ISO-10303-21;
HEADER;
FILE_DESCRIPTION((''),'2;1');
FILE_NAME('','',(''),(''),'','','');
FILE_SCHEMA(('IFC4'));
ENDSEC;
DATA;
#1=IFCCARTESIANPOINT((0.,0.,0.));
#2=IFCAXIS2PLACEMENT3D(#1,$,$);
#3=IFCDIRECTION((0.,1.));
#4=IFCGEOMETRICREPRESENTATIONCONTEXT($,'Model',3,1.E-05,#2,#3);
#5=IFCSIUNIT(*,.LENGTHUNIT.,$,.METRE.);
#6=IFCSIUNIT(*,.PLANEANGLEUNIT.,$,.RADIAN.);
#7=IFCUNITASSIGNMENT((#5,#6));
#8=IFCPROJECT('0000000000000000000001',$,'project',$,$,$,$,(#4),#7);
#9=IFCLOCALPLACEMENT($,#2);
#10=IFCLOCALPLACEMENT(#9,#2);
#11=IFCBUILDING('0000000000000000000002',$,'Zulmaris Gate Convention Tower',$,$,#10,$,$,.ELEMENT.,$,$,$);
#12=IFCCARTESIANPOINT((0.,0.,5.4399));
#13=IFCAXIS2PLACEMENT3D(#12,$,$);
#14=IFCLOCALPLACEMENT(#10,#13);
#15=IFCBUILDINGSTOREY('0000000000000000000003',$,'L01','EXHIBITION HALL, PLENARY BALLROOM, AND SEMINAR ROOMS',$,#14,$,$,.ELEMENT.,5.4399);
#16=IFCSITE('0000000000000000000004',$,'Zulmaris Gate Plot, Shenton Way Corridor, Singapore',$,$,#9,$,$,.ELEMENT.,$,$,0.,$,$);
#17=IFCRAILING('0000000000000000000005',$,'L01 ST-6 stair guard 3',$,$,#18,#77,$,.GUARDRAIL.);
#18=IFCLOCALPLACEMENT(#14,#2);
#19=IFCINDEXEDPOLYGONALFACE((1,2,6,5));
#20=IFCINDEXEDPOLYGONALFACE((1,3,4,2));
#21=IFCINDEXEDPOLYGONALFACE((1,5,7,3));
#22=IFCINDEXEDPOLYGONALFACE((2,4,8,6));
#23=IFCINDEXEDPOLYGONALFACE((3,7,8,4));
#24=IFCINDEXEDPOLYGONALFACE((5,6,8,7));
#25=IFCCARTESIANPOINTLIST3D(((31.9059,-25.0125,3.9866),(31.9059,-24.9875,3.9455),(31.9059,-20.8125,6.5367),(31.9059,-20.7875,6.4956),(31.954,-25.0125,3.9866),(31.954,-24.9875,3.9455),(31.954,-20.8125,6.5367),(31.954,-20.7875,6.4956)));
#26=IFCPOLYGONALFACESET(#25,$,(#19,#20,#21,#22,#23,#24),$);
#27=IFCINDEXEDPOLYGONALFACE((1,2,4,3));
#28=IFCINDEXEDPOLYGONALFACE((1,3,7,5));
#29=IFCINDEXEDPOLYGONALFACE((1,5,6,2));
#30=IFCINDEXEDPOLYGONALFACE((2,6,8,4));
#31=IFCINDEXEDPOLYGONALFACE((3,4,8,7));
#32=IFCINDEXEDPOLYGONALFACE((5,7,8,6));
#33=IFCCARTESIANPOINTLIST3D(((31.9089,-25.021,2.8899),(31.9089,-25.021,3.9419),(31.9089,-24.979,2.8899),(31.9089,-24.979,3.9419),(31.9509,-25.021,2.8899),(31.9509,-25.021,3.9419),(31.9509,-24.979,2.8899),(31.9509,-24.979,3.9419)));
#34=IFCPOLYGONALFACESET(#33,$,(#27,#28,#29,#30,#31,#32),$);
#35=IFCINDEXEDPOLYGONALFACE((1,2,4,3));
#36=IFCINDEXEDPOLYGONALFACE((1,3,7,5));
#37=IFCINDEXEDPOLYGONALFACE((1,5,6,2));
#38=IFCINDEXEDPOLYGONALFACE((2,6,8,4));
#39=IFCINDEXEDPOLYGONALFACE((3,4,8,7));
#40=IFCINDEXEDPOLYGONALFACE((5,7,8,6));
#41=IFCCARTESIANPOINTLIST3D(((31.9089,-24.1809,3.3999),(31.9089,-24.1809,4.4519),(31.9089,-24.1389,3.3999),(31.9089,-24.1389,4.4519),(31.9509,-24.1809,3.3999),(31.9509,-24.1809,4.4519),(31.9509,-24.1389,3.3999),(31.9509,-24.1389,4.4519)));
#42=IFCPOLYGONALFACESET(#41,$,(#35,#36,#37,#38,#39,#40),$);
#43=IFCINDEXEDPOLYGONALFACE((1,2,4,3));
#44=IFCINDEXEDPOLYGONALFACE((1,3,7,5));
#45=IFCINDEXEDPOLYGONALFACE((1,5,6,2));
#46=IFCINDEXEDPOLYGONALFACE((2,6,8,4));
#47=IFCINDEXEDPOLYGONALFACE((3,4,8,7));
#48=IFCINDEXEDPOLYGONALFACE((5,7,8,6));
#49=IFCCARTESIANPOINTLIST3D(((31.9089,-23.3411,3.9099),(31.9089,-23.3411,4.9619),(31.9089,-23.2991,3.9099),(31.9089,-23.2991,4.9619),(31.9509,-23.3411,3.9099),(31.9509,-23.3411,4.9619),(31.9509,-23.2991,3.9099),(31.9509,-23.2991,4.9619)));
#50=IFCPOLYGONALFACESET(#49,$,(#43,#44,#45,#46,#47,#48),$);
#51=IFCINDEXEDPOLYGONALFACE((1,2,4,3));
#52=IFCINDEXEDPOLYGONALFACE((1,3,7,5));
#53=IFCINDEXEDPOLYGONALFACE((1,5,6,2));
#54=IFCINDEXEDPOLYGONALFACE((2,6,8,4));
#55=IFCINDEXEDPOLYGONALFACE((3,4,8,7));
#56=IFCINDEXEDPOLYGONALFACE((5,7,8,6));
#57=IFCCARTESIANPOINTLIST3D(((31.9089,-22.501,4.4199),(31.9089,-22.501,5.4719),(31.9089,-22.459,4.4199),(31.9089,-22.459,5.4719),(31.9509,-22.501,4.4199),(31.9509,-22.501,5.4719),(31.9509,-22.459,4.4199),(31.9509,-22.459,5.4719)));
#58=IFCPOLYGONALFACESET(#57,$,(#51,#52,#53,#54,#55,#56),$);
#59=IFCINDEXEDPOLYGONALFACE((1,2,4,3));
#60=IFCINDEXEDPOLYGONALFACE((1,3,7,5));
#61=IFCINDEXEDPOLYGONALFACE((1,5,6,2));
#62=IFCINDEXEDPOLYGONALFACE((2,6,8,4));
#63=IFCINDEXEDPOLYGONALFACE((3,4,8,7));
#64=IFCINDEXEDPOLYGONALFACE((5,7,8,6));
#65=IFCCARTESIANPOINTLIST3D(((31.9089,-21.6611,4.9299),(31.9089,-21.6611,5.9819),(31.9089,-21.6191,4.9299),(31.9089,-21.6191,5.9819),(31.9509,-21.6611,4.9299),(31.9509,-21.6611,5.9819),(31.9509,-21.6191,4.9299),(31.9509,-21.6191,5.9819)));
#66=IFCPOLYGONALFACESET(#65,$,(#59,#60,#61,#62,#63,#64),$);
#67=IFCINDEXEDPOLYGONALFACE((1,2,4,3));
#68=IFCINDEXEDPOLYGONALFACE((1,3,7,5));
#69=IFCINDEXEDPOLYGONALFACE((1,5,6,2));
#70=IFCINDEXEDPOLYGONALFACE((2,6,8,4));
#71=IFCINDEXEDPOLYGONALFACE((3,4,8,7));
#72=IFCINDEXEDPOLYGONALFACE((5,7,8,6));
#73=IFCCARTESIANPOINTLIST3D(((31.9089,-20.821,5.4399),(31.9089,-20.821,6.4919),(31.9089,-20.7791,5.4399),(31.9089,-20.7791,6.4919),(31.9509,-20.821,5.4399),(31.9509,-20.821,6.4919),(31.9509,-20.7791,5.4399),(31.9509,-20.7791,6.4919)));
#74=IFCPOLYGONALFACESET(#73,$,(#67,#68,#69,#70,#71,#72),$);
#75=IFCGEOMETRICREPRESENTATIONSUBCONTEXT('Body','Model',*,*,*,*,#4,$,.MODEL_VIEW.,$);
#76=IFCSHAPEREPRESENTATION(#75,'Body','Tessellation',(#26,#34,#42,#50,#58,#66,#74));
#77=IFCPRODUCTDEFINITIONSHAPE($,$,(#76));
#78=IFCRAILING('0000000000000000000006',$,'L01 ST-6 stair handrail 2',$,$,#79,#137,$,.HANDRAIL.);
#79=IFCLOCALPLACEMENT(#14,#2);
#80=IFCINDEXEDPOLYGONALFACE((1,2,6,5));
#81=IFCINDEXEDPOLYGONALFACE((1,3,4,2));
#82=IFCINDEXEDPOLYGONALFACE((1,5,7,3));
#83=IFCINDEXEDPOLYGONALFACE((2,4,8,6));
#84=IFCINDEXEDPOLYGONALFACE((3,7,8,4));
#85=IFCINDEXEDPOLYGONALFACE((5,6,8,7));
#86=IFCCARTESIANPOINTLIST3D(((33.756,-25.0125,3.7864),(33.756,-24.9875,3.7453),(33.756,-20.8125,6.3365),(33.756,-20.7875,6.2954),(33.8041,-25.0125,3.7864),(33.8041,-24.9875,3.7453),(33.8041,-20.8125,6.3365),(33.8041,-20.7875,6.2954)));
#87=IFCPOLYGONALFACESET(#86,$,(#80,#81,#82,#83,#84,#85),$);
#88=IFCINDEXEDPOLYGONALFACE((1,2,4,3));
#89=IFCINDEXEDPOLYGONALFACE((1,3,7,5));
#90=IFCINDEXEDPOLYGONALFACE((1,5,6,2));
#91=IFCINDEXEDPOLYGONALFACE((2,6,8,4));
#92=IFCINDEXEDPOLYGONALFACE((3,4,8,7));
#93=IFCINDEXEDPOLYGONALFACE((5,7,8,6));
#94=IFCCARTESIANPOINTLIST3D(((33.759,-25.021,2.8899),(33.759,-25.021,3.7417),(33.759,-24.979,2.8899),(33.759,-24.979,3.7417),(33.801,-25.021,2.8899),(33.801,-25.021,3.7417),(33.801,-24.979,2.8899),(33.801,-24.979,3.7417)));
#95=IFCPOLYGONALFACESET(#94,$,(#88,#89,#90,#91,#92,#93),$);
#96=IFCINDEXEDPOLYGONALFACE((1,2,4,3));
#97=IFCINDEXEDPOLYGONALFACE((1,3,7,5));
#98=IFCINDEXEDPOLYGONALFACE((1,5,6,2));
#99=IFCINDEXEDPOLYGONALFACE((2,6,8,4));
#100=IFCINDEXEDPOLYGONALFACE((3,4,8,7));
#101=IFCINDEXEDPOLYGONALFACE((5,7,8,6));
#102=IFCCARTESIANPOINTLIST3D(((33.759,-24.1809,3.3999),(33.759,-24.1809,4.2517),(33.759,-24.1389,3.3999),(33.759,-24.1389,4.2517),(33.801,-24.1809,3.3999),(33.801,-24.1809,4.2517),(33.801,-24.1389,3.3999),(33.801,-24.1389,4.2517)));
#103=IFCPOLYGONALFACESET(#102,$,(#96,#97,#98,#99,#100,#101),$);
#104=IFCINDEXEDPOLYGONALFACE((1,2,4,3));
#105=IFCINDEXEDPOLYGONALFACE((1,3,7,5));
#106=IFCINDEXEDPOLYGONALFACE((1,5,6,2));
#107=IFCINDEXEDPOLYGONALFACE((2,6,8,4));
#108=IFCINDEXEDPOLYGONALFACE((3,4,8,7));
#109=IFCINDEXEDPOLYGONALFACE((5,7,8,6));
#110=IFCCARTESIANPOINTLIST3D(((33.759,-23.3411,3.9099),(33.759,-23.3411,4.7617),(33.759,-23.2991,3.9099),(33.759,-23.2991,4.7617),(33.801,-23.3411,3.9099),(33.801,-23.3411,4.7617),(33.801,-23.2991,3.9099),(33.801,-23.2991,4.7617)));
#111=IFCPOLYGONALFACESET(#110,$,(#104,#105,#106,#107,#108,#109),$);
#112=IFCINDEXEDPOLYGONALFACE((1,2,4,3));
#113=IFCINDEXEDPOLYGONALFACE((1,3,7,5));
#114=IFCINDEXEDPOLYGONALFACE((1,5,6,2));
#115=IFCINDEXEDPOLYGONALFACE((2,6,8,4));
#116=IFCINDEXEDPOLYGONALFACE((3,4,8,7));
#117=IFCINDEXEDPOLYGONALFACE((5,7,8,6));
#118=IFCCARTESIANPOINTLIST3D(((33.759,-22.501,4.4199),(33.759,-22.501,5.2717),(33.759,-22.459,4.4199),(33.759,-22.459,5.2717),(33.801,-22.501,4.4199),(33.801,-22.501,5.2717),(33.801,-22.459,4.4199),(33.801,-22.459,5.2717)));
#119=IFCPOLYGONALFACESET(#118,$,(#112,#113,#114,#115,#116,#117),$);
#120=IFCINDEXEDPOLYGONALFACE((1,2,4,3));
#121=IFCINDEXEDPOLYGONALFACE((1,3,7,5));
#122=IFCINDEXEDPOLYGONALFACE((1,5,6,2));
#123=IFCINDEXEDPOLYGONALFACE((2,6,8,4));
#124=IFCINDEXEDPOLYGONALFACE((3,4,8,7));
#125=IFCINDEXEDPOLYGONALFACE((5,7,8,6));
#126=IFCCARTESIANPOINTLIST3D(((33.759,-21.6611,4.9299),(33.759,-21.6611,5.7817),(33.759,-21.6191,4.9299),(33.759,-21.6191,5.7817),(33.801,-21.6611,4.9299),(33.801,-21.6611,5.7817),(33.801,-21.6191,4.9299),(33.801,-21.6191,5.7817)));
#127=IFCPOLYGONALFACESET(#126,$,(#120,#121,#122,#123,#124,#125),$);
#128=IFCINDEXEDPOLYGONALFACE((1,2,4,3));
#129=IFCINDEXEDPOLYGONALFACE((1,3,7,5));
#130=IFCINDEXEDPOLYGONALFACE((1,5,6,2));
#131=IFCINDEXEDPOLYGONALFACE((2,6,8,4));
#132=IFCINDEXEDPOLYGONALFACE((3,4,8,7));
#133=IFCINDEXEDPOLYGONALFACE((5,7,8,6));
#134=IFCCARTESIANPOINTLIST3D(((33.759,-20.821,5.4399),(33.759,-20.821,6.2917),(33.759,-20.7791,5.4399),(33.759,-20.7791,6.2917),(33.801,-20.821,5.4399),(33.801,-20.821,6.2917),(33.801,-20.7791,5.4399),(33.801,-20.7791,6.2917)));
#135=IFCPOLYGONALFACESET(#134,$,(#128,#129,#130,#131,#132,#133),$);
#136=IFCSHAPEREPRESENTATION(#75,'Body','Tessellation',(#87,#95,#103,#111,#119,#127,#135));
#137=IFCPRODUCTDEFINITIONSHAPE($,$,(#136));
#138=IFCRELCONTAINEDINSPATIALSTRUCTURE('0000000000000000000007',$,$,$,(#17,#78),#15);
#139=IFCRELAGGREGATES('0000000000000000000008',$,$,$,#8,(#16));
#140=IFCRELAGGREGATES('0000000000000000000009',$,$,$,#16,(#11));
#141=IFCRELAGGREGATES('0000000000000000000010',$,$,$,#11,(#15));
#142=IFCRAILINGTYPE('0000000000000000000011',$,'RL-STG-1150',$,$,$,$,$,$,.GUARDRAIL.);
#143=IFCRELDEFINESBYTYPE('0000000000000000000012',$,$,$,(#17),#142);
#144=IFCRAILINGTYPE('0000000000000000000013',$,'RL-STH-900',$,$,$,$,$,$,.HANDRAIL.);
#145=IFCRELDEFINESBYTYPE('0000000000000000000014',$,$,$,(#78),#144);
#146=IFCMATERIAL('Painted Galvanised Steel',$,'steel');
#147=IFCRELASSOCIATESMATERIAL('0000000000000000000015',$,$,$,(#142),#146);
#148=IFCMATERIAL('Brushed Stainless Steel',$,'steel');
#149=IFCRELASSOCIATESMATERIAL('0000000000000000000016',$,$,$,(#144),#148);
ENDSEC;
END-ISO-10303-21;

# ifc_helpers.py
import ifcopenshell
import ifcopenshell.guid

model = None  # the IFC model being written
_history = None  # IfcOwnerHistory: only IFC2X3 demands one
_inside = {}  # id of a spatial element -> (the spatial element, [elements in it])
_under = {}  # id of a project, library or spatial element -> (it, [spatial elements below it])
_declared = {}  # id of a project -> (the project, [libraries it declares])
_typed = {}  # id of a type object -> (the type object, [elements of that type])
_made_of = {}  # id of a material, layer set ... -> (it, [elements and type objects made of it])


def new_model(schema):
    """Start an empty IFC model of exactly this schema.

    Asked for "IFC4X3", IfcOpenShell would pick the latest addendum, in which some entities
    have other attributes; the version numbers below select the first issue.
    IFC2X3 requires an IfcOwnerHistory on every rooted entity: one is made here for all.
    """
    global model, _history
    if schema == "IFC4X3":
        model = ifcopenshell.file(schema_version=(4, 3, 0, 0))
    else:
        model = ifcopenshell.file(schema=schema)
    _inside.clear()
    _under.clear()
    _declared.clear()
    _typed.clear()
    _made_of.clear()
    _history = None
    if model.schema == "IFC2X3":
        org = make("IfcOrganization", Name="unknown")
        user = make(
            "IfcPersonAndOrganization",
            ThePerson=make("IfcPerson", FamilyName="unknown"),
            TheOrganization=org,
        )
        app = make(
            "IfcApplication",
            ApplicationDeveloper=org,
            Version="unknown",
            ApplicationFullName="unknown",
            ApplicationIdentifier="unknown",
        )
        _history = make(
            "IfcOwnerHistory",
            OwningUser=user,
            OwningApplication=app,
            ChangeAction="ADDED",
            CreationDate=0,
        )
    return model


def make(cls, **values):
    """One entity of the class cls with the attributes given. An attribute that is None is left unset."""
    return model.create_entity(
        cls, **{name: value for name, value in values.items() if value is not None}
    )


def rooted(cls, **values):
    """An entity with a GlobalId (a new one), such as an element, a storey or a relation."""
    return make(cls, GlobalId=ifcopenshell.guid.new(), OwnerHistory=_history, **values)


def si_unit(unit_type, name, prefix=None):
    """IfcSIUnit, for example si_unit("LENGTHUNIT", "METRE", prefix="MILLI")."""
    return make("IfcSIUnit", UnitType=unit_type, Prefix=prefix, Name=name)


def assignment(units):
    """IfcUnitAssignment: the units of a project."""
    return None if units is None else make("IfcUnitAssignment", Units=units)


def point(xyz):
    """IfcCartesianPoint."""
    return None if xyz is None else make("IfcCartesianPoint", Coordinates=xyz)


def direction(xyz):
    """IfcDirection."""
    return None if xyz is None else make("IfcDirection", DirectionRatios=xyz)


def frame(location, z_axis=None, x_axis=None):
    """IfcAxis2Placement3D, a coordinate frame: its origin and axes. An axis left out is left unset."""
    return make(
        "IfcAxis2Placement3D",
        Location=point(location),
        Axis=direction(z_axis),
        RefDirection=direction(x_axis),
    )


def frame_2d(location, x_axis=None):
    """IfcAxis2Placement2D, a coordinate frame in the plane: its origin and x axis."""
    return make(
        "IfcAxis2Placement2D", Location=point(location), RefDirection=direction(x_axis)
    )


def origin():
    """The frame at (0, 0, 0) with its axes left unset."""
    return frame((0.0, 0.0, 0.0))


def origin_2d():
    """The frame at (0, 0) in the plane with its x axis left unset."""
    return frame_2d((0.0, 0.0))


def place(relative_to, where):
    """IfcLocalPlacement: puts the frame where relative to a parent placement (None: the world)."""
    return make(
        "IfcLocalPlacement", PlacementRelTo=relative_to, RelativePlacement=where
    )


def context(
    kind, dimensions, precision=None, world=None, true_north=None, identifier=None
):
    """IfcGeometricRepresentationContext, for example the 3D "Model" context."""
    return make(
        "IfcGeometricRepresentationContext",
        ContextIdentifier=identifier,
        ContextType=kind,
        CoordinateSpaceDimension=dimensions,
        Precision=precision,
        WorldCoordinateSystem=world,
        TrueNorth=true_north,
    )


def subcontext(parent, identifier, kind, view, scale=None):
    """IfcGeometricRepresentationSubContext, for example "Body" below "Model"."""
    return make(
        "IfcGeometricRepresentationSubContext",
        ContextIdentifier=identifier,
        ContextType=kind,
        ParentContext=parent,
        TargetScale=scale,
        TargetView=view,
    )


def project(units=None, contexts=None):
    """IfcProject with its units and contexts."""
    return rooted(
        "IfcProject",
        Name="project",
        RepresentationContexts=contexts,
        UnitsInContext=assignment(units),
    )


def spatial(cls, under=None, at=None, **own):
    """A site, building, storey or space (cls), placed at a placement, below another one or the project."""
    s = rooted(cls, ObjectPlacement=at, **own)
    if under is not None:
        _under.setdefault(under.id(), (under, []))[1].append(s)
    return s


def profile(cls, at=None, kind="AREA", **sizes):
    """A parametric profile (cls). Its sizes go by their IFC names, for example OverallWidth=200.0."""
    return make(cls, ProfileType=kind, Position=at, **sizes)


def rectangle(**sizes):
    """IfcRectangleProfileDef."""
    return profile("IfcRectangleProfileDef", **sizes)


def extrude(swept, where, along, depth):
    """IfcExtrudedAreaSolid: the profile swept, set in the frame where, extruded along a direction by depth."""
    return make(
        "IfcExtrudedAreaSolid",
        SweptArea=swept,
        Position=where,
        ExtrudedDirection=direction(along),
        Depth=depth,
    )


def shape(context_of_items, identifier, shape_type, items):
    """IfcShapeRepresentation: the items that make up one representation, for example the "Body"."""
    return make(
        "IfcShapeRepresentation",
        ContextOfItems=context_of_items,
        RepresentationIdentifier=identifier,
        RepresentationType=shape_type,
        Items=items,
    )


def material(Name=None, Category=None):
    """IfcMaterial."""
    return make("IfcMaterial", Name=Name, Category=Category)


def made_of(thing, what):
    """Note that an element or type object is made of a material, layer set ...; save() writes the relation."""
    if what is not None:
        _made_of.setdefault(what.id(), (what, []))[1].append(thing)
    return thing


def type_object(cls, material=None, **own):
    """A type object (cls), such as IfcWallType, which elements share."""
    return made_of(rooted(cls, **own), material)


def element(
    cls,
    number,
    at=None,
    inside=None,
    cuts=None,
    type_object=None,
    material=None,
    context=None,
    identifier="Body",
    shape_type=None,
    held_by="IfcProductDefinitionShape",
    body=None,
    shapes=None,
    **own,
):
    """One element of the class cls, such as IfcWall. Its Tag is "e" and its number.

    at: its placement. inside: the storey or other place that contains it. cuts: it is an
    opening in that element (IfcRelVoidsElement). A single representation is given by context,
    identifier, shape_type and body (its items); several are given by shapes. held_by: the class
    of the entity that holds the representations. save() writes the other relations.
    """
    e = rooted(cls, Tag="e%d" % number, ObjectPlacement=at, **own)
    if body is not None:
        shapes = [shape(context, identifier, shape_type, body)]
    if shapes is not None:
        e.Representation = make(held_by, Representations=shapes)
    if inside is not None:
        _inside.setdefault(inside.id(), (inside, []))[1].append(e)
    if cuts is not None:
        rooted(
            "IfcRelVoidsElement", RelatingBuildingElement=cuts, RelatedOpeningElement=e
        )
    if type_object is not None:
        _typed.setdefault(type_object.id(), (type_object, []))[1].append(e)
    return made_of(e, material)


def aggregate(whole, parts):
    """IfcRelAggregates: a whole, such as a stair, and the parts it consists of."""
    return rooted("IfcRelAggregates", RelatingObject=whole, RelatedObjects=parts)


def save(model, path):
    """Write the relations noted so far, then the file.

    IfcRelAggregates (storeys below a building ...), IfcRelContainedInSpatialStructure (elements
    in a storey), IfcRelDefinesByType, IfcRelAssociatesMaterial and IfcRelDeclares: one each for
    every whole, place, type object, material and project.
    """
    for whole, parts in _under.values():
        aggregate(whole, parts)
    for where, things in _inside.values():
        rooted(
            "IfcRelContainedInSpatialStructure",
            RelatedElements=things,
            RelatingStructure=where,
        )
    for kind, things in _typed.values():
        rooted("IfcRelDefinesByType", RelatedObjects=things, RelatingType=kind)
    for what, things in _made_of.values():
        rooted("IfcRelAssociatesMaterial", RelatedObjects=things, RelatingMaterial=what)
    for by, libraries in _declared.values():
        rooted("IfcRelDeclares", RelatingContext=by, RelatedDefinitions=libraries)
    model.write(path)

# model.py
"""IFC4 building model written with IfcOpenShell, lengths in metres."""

from ifc_helpers import new_model, si_unit, direction, frame, origin, origin_2d, place, context, subcontext, project, spatial, rectangle, extrude, material, type_object, element, save


model = new_model("IFC4")

# Units and contexts
model_context = context("Model", 3, precision=1e-05, world=origin(), true_north=direction((0.0, 1.0)))
body_context = subcontext(model_context, "Body", "Model", "MODEL_VIEW")
ifc_project = project(units=[si_unit("LENGTHUNIT", "METRE"), si_unit("PLANEANGLEUNIT", "RADIAN")], contexts=[model_context])

# Site, building, storey
site_placement = place(None, origin())
site = spatial("IfcSite", under=ifc_project, at=site_placement, Name="Zulmaris Gate Plot, Shenton Way Corridor, Singapore", CompositionType="ELEMENT", RefElevation=0.0)
building_placement = place(site_placement, origin())
building = spatial("IfcBuilding", under=site, at=building_placement, Name="Zulmaris Gate Convention Tower", CompositionType="ELEMENT")
storey_placement = place(building_placement, frame((0.0, 0.0, 5.4399)))
storey = spatial("IfcBuildingStorey", under=building, at=storey_placement, Name="L01", Description="EXHIBITION HALL, PLENARY BALLROOM, AND SEMINAR ROOMS", CompositionType="ELEMENT", Elevation=5.4399)

# Railings
ifc_material_1 = material(Name="Painted Galvanised Steel", Category="steel")
railing_type_1 = type_object("IfcRailingType", Name="RL-STG-1150", PredefinedType="GUARDRAIL", material=ifc_material_1)
railing_1_placement = place(storey_placement, frame((31.9299, -25.0, 2.8899)))
element("IfcRailing", 1, at=railing_1_placement, inside=storey, type_object=railing_type_1, Name="L01 ST-6 stair guard 3", PredefinedType="GUARDRAIL", context=body_context, shape_type="SweptSolid", body=[
    extrude(rectangle(XDim=0.0481, YDim=0.0481, at=origin_2d()), frame((0.0, 0.0, 1.0762), z_axis=(0.0, 0.85478, 0.51899), x_axis=(-1.0, 0.0, 0.0)), (0.0, 0.0, 1.0), 4.9136),
    extrude(rectangle(XDim=0.042, YDim=0.042, at=origin_2d()), origin(), (0.0, 0.0, 1.0), 1.052),
    extrude(rectangle(XDim=0.042, YDim=0.042, at=origin_2d()), frame((0.0, 0.8401, 0.51)), (0.0, 0.0, 1.0), 1.052),
    extrude(rectangle(XDim=0.042, YDim=0.042, at=origin_2d()), frame((0.0, 1.6799, 1.02)), (0.0, 0.0, 1.0), 1.052),
    extrude(rectangle(XDim=0.042, YDim=0.042, at=origin_2d()), frame((0.0, 2.52, 1.53)), (0.0, 0.0, 1.0), 1.052),
    extrude(rectangle(XDim=0.042, YDim=0.042, at=origin_2d()), frame((0.0, 3.3599, 2.04)), (0.0, 0.0, 1.0), 1.052),
    extrude(rectangle(XDim=0.042, YDim=0.042, at=origin_2d()), frame((0.0, 4.2, 2.55)), (0.0, 0.0, 1.0), 1.052),
])
ifc_material_2 = material(Name="Brushed Stainless Steel", Category="steel")
railing_type_2 = type_object("IfcRailingType", Name="RL-STH-900", PredefinedType="HANDRAIL", material=ifc_material_2)
railing_2_placement = place(storey_placement, frame((33.78, -25.0, 2.8899)))
element("IfcRailing", 2, at=railing_2_placement, inside=storey, type_object=railing_type_2, Name="L01 ST-6 stair handrail 2", PredefinedType="HANDRAIL", context=body_context, shape_type="SweptSolid", body=[
    extrude(rectangle(XDim=0.0481, YDim=0.0481, at=origin_2d()), frame((0.0, 0.0, 0.876), z_axis=(0.0, 0.85478, 0.51899), x_axis=(-1.0, 0.0, 0.0)), (0.0, 0.0, 1.0), 4.9136),
    extrude(rectangle(XDim=0.042, YDim=0.042, at=origin_2d()), origin(), (0.0, 0.0, 1.0), 0.8518),
    extrude(rectangle(XDim=0.042, YDim=0.042, at=origin_2d()), frame((0.0, 0.8401, 0.51)), (0.0, 0.0, 1.0), 0.8518),
    extrude(rectangle(XDim=0.042, YDim=0.042, at=origin_2d()), frame((0.0, 1.6799, 1.02)), (0.0, 0.0, 1.0), 0.8518),
    extrude(rectangle(XDim=0.042, YDim=0.042, at=origin_2d()), frame((0.0, 2.52, 1.53)), (0.0, 0.0, 1.0), 0.8518),
    extrude(rectangle(XDim=0.042, YDim=0.042, at=origin_2d()), frame((0.0, 3.3599, 2.04)), (0.0, 0.0, 1.0), 0.8518),
    extrude(rectangle(XDim=0.042, YDim=0.042, at=origin_2d()), frame((0.0, 4.2, 2.55)), (0.0, 0.0, 1.0), 0.8518),
])

save(model, "model.ifc")
